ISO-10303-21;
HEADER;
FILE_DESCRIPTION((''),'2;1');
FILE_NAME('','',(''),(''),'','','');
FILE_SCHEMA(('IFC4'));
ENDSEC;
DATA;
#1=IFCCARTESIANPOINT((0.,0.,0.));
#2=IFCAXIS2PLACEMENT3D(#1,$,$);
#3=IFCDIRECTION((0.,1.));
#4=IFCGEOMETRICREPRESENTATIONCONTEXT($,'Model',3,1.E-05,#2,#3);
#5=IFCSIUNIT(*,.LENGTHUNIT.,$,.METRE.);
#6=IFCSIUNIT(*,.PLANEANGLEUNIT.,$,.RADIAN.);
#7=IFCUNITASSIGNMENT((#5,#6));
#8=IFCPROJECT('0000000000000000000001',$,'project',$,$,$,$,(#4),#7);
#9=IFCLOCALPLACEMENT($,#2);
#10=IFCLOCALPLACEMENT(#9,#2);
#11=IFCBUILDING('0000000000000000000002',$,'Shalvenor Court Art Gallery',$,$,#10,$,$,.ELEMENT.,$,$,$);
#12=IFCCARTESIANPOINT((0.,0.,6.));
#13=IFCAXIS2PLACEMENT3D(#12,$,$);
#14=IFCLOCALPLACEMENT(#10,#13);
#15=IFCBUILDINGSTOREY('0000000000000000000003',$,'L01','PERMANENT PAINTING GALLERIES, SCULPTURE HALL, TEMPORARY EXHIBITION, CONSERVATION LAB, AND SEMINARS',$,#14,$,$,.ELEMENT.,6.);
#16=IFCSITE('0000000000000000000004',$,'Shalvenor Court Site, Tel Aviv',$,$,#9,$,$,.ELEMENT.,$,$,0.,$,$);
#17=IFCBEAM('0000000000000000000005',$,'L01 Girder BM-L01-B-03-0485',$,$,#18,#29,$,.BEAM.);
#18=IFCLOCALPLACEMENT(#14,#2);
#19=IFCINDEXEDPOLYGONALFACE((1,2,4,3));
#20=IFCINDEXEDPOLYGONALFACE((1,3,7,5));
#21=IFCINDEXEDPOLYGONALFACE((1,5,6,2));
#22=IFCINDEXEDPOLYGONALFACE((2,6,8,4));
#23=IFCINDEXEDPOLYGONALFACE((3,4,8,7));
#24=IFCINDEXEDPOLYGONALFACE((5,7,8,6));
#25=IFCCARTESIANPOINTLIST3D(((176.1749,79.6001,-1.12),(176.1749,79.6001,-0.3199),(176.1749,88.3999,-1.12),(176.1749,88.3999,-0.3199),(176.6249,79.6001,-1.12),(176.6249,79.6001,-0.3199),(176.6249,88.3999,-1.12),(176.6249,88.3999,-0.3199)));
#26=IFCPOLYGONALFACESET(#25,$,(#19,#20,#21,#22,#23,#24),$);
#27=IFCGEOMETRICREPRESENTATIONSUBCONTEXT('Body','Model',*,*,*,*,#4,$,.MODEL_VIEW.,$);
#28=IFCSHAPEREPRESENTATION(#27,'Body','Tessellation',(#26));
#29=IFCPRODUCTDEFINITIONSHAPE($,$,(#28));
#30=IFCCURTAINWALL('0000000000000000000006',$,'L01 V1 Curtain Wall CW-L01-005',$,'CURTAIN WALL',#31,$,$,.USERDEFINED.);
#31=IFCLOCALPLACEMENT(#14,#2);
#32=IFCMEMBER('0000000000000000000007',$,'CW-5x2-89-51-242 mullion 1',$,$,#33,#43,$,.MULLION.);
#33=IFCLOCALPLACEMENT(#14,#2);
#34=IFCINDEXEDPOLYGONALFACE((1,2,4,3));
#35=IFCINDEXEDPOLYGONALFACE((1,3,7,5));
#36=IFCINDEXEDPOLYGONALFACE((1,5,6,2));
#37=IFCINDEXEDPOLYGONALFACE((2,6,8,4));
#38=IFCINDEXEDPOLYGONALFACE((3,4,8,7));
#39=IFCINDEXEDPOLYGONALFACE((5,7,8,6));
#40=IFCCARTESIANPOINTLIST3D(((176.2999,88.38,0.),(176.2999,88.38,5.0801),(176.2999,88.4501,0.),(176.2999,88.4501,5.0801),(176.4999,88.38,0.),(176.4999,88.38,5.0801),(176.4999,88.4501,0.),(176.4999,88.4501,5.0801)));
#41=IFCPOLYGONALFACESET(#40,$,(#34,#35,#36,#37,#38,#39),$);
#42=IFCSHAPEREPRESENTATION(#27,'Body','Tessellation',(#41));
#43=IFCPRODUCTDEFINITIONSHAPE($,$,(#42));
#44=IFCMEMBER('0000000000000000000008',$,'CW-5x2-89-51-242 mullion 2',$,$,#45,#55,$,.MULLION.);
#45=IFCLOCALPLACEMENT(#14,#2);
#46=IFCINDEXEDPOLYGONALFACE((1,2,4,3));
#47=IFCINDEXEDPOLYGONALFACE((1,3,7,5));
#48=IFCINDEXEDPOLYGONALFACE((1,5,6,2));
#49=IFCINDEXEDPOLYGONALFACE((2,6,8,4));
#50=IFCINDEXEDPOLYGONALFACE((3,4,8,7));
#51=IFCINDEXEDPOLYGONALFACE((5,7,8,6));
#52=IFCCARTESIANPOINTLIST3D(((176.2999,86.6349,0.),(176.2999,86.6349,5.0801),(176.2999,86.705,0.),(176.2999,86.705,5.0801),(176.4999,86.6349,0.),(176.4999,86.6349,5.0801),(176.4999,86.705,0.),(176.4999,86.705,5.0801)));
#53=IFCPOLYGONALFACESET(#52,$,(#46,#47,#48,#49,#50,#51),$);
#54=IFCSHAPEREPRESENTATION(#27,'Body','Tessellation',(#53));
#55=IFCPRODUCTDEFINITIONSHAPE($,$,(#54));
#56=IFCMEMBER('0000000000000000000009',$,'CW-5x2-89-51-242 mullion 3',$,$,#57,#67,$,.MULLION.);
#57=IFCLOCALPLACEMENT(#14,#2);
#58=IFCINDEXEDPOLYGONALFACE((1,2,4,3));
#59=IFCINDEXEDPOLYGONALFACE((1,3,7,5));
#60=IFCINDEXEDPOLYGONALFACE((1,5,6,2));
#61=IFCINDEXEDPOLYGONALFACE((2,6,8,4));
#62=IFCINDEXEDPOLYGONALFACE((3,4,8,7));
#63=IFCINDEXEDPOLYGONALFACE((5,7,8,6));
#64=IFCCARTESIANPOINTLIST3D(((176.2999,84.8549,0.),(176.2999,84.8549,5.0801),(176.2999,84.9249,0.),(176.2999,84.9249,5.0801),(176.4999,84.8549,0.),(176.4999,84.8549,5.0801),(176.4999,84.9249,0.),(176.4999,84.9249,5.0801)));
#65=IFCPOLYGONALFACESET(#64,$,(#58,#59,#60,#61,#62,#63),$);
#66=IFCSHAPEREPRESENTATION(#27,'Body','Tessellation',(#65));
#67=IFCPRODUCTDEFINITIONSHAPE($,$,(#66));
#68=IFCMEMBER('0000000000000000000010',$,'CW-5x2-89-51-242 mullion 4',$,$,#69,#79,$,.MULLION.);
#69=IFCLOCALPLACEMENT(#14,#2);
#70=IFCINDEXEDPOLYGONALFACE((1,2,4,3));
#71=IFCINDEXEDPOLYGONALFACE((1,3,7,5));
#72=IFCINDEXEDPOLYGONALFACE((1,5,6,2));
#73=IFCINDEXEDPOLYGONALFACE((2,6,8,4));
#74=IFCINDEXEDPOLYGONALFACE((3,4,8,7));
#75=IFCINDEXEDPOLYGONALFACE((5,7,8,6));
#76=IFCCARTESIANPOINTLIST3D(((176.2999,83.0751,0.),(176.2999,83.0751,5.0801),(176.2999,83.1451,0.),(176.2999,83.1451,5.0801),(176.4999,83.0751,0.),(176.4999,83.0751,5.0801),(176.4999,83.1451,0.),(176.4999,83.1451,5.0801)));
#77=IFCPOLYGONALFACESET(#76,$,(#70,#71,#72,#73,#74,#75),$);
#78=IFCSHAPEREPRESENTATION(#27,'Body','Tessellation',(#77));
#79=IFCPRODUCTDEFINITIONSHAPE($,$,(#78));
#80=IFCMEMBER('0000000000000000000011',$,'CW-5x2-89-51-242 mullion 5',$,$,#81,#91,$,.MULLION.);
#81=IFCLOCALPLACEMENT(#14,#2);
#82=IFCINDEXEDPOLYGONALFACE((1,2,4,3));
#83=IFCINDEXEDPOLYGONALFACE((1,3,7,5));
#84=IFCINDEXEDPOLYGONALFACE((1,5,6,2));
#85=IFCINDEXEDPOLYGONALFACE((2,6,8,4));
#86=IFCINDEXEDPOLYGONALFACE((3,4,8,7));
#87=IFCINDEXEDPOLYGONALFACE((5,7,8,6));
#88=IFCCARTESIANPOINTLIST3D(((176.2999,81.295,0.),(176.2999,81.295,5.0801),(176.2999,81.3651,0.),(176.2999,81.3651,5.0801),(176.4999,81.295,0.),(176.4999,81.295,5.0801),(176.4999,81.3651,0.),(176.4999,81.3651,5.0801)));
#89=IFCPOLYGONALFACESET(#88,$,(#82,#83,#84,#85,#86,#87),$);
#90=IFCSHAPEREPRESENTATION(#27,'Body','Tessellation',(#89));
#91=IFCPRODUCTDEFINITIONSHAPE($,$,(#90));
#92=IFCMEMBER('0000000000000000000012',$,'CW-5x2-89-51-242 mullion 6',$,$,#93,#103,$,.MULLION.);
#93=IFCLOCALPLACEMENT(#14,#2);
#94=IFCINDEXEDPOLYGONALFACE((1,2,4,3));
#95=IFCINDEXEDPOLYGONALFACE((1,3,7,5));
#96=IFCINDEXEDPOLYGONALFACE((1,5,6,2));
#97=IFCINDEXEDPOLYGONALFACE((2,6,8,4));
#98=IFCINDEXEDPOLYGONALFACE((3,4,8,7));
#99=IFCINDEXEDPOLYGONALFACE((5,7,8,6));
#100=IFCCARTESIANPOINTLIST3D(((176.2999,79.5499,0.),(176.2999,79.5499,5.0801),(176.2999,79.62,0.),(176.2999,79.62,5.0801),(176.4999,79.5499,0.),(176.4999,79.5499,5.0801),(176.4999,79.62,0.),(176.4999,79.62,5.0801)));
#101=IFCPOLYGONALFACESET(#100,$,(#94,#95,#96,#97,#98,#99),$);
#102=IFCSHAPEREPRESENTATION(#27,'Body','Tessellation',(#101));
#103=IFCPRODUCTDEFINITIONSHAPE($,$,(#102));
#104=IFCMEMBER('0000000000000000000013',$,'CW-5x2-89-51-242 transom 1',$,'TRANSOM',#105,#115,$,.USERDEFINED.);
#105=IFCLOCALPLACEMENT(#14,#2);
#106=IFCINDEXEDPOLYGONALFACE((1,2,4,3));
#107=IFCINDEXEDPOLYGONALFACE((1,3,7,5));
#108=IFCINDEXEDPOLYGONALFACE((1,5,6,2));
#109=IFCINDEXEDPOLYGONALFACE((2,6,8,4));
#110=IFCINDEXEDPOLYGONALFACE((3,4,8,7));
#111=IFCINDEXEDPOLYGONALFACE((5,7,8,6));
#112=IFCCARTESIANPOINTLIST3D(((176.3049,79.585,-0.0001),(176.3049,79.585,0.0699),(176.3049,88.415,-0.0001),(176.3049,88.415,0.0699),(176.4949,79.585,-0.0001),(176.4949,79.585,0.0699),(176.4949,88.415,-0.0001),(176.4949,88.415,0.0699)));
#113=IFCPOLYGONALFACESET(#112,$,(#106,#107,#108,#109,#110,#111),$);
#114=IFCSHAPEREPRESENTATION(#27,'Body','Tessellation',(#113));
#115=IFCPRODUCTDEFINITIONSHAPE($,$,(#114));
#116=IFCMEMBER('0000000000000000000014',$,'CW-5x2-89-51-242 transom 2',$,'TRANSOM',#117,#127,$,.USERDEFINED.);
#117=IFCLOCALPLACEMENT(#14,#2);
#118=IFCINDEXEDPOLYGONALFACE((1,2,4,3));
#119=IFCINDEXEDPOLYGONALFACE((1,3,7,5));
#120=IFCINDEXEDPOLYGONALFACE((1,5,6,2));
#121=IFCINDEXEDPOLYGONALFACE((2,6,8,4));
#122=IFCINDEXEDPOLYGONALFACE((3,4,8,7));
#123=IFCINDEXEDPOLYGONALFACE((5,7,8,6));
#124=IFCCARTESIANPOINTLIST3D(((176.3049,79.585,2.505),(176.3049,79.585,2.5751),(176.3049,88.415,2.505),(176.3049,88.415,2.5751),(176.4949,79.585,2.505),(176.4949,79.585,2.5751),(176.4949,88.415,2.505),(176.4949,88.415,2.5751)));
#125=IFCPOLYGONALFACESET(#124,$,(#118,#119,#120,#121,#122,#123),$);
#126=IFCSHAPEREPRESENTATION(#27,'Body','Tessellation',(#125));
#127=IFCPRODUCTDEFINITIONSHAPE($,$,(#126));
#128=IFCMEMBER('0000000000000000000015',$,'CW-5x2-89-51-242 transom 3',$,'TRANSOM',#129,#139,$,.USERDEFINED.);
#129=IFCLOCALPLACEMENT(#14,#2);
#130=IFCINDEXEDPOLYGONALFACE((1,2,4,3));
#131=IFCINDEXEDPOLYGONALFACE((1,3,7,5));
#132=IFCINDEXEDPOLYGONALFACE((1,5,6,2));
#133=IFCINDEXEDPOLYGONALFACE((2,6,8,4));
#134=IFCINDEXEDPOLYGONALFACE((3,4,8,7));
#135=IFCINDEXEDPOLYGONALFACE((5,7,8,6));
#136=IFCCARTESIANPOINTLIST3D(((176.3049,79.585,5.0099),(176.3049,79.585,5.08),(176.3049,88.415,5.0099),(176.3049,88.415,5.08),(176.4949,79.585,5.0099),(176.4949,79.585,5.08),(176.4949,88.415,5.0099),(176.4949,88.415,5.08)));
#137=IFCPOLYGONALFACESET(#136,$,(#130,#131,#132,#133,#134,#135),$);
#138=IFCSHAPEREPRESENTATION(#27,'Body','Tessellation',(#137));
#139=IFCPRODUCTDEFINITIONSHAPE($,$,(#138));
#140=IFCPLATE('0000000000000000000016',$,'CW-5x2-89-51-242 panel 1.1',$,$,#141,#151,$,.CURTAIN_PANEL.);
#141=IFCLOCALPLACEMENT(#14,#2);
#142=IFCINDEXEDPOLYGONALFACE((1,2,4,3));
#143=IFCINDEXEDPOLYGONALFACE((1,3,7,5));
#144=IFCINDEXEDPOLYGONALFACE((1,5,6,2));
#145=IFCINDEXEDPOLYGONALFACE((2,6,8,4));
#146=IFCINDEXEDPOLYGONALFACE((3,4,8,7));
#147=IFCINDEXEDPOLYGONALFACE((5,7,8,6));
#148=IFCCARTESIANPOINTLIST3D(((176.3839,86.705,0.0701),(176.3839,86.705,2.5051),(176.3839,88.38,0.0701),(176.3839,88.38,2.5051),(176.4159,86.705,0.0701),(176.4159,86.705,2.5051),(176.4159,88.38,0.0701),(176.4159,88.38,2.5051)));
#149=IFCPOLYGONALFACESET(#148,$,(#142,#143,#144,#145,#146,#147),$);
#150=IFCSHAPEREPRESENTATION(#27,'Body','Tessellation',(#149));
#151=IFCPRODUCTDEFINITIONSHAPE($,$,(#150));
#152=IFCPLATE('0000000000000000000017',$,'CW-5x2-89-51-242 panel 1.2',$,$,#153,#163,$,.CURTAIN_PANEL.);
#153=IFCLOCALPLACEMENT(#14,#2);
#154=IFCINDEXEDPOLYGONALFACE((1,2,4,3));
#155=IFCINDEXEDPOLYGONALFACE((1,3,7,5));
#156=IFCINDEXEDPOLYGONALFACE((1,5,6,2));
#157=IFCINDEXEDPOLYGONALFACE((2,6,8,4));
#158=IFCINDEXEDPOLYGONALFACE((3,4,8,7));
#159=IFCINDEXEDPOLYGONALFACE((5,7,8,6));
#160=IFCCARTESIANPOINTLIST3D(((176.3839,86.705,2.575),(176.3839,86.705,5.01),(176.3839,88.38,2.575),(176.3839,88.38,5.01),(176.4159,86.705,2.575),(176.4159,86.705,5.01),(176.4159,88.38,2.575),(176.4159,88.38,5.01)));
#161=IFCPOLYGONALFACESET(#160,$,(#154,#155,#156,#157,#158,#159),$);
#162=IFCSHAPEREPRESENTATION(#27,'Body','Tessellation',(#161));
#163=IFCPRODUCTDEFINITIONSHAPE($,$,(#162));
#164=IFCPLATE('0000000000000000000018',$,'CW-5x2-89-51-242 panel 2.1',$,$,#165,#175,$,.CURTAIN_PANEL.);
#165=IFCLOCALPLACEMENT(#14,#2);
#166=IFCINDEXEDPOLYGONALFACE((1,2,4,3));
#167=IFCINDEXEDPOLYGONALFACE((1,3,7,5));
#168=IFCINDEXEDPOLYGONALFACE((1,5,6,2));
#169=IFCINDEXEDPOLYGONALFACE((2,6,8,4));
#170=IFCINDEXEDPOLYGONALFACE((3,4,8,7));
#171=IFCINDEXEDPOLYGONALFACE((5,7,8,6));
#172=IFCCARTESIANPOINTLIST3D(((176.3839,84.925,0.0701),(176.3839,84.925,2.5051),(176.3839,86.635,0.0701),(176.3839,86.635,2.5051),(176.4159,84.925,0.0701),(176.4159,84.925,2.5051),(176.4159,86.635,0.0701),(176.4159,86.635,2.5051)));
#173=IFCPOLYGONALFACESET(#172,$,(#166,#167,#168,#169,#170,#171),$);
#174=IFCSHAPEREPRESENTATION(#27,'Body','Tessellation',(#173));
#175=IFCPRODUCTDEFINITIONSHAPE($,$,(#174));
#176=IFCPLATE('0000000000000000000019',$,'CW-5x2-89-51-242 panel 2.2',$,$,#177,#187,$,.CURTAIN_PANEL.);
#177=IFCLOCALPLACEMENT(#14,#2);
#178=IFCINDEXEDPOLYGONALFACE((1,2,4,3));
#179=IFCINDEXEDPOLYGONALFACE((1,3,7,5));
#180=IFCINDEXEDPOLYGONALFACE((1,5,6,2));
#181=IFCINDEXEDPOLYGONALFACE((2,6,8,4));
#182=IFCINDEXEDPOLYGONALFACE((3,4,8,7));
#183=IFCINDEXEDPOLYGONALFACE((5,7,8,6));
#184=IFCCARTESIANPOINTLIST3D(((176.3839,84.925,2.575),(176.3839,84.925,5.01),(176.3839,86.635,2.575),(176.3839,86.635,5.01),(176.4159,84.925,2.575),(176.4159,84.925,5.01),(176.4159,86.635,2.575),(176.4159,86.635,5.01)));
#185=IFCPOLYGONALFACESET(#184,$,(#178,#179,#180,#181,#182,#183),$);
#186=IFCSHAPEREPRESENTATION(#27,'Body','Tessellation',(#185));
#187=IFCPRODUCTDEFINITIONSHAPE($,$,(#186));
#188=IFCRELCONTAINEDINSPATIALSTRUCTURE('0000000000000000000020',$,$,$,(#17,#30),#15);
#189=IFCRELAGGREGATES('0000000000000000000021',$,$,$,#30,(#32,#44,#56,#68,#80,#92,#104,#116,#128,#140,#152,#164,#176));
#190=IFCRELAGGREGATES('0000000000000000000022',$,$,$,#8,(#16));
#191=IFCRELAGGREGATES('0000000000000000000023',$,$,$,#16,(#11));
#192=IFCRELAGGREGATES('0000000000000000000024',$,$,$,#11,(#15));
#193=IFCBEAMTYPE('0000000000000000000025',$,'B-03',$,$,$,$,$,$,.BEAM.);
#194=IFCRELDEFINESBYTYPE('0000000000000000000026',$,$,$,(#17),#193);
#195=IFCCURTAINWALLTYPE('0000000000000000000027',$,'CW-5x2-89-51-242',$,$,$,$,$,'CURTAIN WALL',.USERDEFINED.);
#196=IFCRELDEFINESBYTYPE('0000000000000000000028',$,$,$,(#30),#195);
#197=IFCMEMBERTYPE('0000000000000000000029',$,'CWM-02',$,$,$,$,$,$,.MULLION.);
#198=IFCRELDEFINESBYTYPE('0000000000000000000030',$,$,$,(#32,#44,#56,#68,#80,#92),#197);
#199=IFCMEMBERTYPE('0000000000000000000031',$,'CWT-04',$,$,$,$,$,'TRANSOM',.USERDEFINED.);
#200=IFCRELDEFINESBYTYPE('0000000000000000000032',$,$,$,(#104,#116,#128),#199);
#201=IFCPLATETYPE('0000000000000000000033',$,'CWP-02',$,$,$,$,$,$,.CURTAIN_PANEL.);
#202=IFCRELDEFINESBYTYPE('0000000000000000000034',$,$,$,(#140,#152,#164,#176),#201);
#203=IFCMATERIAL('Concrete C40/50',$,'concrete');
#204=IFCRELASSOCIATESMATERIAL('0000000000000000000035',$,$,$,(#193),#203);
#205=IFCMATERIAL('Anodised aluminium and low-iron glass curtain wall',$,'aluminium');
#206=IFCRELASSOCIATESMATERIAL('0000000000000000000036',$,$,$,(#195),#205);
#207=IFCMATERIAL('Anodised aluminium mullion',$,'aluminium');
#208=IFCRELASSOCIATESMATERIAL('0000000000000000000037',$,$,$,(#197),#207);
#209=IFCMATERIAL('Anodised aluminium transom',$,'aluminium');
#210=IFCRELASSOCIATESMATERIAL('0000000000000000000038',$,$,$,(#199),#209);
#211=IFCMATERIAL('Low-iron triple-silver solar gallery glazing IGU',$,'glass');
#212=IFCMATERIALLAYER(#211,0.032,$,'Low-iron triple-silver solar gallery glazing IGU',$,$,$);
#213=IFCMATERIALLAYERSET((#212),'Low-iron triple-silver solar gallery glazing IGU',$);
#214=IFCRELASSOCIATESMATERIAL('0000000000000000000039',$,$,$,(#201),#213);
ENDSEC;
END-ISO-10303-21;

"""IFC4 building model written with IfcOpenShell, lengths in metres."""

from ifc_helpers import new_model, si_unit, direction, frame, origin, origin_2d, place, context, subcontext, project, spatial, rectangle, extrude, material, layer, layer_set, material_profile, profile_set, type_object, element, aggregate, save


model = new_model("IFC4")

# Units and contexts
model_context = context("Model", 3, precision=1e-05, world=origin(), true_north=direction((0.0, 1.0)))
body_context = subcontext(model_context, "Body", "Model", "MODEL_VIEW")
ifc_project = project(units=[si_unit("LENGTHUNIT", "METRE"), si_unit("PLANEANGLEUNIT", "RADIAN")], contexts=[model_context])

# Site, building, storey
site_placement = place(None, origin())
site = spatial("IfcSite", under=ifc_project, at=site_placement, Name="Shalvenor Court Site, Tel Aviv", CompositionType="ELEMENT", RefElevation=0.0)
building_placement = place(site_placement, origin())
building = spatial("IfcBuilding", under=site, at=building_placement, Name="Shalvenor Court Art Gallery", CompositionType="ELEMENT")
storey_placement = place(building_placement, frame((0.0, 0.0, 6.0)))
storey = spatial("IfcBuildingStorey", under=building, at=storey_placement, Name="L01", Description="PERMANENT PAINTING GALLERIES, SCULPTURE HALL, TEMPORARY EXHIBITION, CONSERVATION LAB, AND SEMINARS", CompositionType="ELEMENT", Elevation=6.0)

# Beam
ifc_material_1 = material(Name="Concrete C40/50", Category="concrete")
ifc_material_profile_1 = material_profile(ifc_material_1, rectangle(XDim=0.45, YDim=0.8, at=origin_2d()), Name="RC 450x800")
ifc_profile_set_1 = profile_set([ifc_material_profile_1], Name="Concrete C40/50")
beam_type = type_object("IfcBeamType", Name="B-03", PredefinedType="BEAM", material=ifc_profile_set_1)
beam_placement = place(storey_placement, frame((176.3999, 79.6001, -0.72), z_axis=(0.0, 1.0, 0.0), x_axis=(-1.0, 0.0, 0.0)))
element("IfcBeam", 1, at=beam_placement, inside=storey, type_object=beam_type, Name="L01 Girder BM-L01-B-03-0485", PredefinedType="BEAM", context=body_context, shape_type="SweptSolid", body=[
    extrude(rectangle(XDim=0.45, YDim=0.8, at=origin_2d()), origin(), (0.0, 0.0, 1.0), 8.7998),
])

# Curtain wall, members, plates
ifc_material_2 = material(Name="Anodised aluminium and low-iron glass curtain wall", Category="aluminium")
curtain_wall_type = type_object("IfcCurtainWallType", Name="CW-5x2-89-51-242", ElementType="CURTAIN WALL", PredefinedType="USERDEFINED", material=ifc_material_2)
curtain_wall_placement = place(storey_placement, origin())
curtain_wall = element("IfcCurtainWall", 2, at=curtain_wall_placement, inside=storey, type_object=curtain_wall_type, Name="L01 V1 Curtain Wall CW-L01-005", ObjectType="CURTAIN WALL", PredefinedType="USERDEFINED")
ifc_material_3 = material(Name="Anodised aluminium mullion", Category="aluminium")
ifc_material_profile_2 = material_profile(ifc_material_3, rectangle(XDim=0.0701, YDim=0.2, at=origin_2d()), Name="CWM-02")
ifc_profile_set_2 = profile_set([ifc_material_profile_2], Name="Anodised aluminium mullion")
member_type_1 = type_object("IfcMemberType", Name="CWM-02", PredefinedType="MULLION", material=ifc_profile_set_2)
member_1_placement = place(storey_placement, frame((176.3999, 88.415, 0.0), z_axis=(0.0, 0.0, 1.0), x_axis=(0.0, -1.0, 0.0)))
member_1 = element("IfcMember", 3, at=member_1_placement, type_object=member_type_1, Name="CW-5x2-89-51-242 mullion 1", PredefinedType="MULLION", context=body_context, shape_type="SweptSolid", body=[
    extrude(rectangle(XDim=0.0701, YDim=0.2, at=origin_2d()), origin(), (0.0, 0.0, 1.0), 5.0801),
])
member_2_placement = place(storey_placement, frame((176.3999, 86.6699, 0.0), z_axis=(0.0, 0.0, 1.0), x_axis=(0.0, -1.0, 0.0)))
member_2 = element("IfcMember", 4, at=member_2_placement, type_object=member_type_1, Name="CW-5x2-89-51-242 mullion 2", PredefinedType="MULLION", context=body_context, shape_type="SweptSolid", body=[
    extrude(rectangle(XDim=0.0701, YDim=0.2, at=origin_2d()), origin(), (0.0, 0.0, 1.0), 5.0801),
])
member_3_placement = place(storey_placement, frame((176.3999, 84.8899, 0.0), z_axis=(0.0, 0.0, 1.0), x_axis=(0.0, -1.0, 0.0)))
member_3 = element("IfcMember", 5, at=member_3_placement, type_object=member_type_1, Name="CW-5x2-89-51-242 mullion 3", PredefinedType="MULLION", context=body_context, shape_type="SweptSolid", body=[
    extrude(rectangle(XDim=0.0701, YDim=0.2, at=origin_2d()), origin(), (0.0, 0.0, 1.0), 5.0801),
])
member_4_placement = place(storey_placement, frame((176.3999, 83.1101, 0.0), z_axis=(0.0, 0.0, 1.0), x_axis=(0.0, -1.0, 0.0)))
member_4 = element("IfcMember", 6, at=member_4_placement, type_object=member_type_1, Name="CW-5x2-89-51-242 mullion 4", PredefinedType="MULLION", context=body_context, shape_type="SweptSolid", body=[
    extrude(rectangle(XDim=0.0701, YDim=0.2, at=origin_2d()), origin(), (0.0, 0.0, 1.0), 5.0801),
])
member_5_placement = place(storey_placement, frame((176.3999, 81.3301, 0.0), z_axis=(0.0, 0.0, 1.0), x_axis=(0.0, -1.0, 0.0)))
member_5 = element("IfcMember", 7, at=member_5_placement, type_object=member_type_1, Name="CW-5x2-89-51-242 mullion 5", PredefinedType="MULLION", context=body_context, shape_type="SweptSolid", body=[
    extrude(rectangle(XDim=0.0701, YDim=0.2, at=origin_2d()), origin(), (0.0, 0.0, 1.0), 5.0801),
])
member_6_placement = place(storey_placement, frame((176.3999, 79.585, 0.0), z_axis=(0.0, 0.0, 1.0), x_axis=(0.0, -1.0, 0.0)))
member_6 = element("IfcMember", 8, at=member_6_placement, type_object=member_type_1, Name="CW-5x2-89-51-242 mullion 6", PredefinedType="MULLION", context=body_context, shape_type="SweptSolid", body=[
    extrude(rectangle(XDim=0.0701, YDim=0.2, at=origin_2d()), origin(), (0.0, 0.0, 1.0), 5.0801),
])
ifc_material_4 = material(Name="Anodised aluminium transom", Category="aluminium")
ifc_material_profile_3 = material_profile(ifc_material_4, rectangle(XDim=0.1899, YDim=0.0701, at=origin_2d()), Name="CWT-04")
ifc_profile_set_3 = profile_set([ifc_material_profile_3], Name="Anodised aluminium transom")
member_type_2 = type_object("IfcMemberType", Name="CWT-04", ElementType="TRANSOM", PredefinedType="USERDEFINED", material=ifc_profile_set_3)
member_7_placement = place(storey_placement, frame((176.3999, 88.415, 0.0349), z_axis=(0.0, -1.0, 0.0), x_axis=(1.0, 0.0, 0.0)))
member_7 = element("IfcMember", 9, at=member_7_placement, type_object=member_type_2, Name="CW-5x2-89-51-242 transom 1", ObjectType="TRANSOM", PredefinedType="USERDEFINED", context=body_context, shape_type="SweptSolid", body=[
    extrude(rectangle(XDim=0.1899, YDim=0.0701, at=origin_2d()), origin(), (0.0, 0.0, 1.0), 8.8301),
])
member_8_placement = place(storey_placement, frame((176.3999, 88.415, 2.54), z_axis=(0.0, -1.0, 0.0), x_axis=(1.0, 0.0, 0.0)))
member_8 = element("IfcMember", 10, at=member_8_placement, type_object=member_type_2, Name="CW-5x2-89-51-242 transom 2", ObjectType="TRANSOM", PredefinedType="USERDEFINED", context=body_context, shape_type="SweptSolid", body=[
    extrude(rectangle(XDim=0.1899, YDim=0.0701, at=origin_2d()), origin(), (0.0, 0.0, 1.0), 8.8301),
])
member_9_placement = place(storey_placement, frame((176.3999, 88.415, 5.0449), z_axis=(0.0, -1.0, 0.0), x_axis=(1.0, 0.0, 0.0)))
member_9 = element("IfcMember", 11, at=member_9_placement, type_object=member_type_2, Name="CW-5x2-89-51-242 transom 3", ObjectType="TRANSOM", PredefinedType="USERDEFINED", context=body_context, shape_type="SweptSolid", body=[
    extrude(rectangle(XDim=0.1899, YDim=0.0701, at=origin_2d()), origin(), (0.0, 0.0, 1.0), 8.8301),
])
ifc_material_5 = material(Name="Low-iron triple-silver solar gallery glazing IGU", Category="glass")
ifc_layer_1 = layer(ifc_material_5, 0.032, Name="Low-iron triple-silver solar gallery glazing IGU")
ifc_layer_set_1 = layer_set([ifc_layer_1], Name="Low-iron triple-silver solar gallery glazing IGU")
plate_type_1 = type_object("IfcPlateType", Name="CWP-02", PredefinedType="CURTAIN_PANEL", material=ifc_layer_set_1)
plate_1_placement = place(storey_placement, frame((176.3999, 87.5425, 0.0701), z_axis=(0.0, 0.0, 1.0), x_axis=(0.0, -1.0, 0.0)))
plate_1 = element("IfcPlate", 12, at=plate_1_placement, type_object=plate_type_1, Name="CW-5x2-89-51-242 panel 1.1", PredefinedType="CURTAIN_PANEL", context=body_context, shape_type="SweptSolid", body=[
    extrude(rectangle(XDim=1.675, YDim=0.032, at=origin_2d()), origin(), (0.0, 0.0, 1.0), 2.4351),
])
plate_2_placement = place(storey_placement, frame((176.3999, 87.5425, 2.575), z_axis=(0.0, 0.0, 1.0), x_axis=(0.0, -1.0, 0.0)))
plate_2 = element("IfcPlate", 13, at=plate_2_placement, type_object=plate_type_1, Name="CW-5x2-89-51-242 panel 1.2", PredefinedType="CURTAIN_PANEL", context=body_context, shape_type="SweptSolid", body=[
    extrude(rectangle(XDim=1.675, YDim=0.032, at=origin_2d()), origin(), (0.0, 0.0, 1.0), 2.4351),
])
plate_3_placement = place(storey_placement, frame((176.3999, 85.78, 0.0701), z_axis=(0.0, 0.0, 1.0), x_axis=(0.0, -1.0, 0.0)))
plate_3 = element("IfcPlate", 14, at=plate_3_placement, type_object=plate_type_1, Name="CW-5x2-89-51-242 panel 2.1", PredefinedType="CURTAIN_PANEL", context=body_context, shape_type="SweptSolid", body=[
    extrude(rectangle(XDim=1.71, YDim=0.032, at=origin_2d()), origin(), (0.0, 0.0, 1.0), 2.4351),
])
plate_4_placement = place(storey_placement, frame((176.3999, 85.78, 2.575), z_axis=(0.0, 0.0, 1.0), x_axis=(0.0, -1.0, 0.0)))
plate_4 = element("IfcPlate", 15, at=plate_4_placement, type_object=plate_type_1, Name="CW-5x2-89-51-242 panel 2.2", PredefinedType="CURTAIN_PANEL", context=body_context, shape_type="SweptSolid", body=[
    extrude(rectangle(XDim=1.71, YDim=0.032, at=origin_2d()), origin(), (0.0, 0.0, 1.0), 2.4351),
])
aggregate(curtain_wall, [member_1, member_2, member_3, member_4, member_5, member_6, member_7, member_8, member_9, plate_1, plate_2, plate_3, plate_4])

save(model, "model.ifc")
